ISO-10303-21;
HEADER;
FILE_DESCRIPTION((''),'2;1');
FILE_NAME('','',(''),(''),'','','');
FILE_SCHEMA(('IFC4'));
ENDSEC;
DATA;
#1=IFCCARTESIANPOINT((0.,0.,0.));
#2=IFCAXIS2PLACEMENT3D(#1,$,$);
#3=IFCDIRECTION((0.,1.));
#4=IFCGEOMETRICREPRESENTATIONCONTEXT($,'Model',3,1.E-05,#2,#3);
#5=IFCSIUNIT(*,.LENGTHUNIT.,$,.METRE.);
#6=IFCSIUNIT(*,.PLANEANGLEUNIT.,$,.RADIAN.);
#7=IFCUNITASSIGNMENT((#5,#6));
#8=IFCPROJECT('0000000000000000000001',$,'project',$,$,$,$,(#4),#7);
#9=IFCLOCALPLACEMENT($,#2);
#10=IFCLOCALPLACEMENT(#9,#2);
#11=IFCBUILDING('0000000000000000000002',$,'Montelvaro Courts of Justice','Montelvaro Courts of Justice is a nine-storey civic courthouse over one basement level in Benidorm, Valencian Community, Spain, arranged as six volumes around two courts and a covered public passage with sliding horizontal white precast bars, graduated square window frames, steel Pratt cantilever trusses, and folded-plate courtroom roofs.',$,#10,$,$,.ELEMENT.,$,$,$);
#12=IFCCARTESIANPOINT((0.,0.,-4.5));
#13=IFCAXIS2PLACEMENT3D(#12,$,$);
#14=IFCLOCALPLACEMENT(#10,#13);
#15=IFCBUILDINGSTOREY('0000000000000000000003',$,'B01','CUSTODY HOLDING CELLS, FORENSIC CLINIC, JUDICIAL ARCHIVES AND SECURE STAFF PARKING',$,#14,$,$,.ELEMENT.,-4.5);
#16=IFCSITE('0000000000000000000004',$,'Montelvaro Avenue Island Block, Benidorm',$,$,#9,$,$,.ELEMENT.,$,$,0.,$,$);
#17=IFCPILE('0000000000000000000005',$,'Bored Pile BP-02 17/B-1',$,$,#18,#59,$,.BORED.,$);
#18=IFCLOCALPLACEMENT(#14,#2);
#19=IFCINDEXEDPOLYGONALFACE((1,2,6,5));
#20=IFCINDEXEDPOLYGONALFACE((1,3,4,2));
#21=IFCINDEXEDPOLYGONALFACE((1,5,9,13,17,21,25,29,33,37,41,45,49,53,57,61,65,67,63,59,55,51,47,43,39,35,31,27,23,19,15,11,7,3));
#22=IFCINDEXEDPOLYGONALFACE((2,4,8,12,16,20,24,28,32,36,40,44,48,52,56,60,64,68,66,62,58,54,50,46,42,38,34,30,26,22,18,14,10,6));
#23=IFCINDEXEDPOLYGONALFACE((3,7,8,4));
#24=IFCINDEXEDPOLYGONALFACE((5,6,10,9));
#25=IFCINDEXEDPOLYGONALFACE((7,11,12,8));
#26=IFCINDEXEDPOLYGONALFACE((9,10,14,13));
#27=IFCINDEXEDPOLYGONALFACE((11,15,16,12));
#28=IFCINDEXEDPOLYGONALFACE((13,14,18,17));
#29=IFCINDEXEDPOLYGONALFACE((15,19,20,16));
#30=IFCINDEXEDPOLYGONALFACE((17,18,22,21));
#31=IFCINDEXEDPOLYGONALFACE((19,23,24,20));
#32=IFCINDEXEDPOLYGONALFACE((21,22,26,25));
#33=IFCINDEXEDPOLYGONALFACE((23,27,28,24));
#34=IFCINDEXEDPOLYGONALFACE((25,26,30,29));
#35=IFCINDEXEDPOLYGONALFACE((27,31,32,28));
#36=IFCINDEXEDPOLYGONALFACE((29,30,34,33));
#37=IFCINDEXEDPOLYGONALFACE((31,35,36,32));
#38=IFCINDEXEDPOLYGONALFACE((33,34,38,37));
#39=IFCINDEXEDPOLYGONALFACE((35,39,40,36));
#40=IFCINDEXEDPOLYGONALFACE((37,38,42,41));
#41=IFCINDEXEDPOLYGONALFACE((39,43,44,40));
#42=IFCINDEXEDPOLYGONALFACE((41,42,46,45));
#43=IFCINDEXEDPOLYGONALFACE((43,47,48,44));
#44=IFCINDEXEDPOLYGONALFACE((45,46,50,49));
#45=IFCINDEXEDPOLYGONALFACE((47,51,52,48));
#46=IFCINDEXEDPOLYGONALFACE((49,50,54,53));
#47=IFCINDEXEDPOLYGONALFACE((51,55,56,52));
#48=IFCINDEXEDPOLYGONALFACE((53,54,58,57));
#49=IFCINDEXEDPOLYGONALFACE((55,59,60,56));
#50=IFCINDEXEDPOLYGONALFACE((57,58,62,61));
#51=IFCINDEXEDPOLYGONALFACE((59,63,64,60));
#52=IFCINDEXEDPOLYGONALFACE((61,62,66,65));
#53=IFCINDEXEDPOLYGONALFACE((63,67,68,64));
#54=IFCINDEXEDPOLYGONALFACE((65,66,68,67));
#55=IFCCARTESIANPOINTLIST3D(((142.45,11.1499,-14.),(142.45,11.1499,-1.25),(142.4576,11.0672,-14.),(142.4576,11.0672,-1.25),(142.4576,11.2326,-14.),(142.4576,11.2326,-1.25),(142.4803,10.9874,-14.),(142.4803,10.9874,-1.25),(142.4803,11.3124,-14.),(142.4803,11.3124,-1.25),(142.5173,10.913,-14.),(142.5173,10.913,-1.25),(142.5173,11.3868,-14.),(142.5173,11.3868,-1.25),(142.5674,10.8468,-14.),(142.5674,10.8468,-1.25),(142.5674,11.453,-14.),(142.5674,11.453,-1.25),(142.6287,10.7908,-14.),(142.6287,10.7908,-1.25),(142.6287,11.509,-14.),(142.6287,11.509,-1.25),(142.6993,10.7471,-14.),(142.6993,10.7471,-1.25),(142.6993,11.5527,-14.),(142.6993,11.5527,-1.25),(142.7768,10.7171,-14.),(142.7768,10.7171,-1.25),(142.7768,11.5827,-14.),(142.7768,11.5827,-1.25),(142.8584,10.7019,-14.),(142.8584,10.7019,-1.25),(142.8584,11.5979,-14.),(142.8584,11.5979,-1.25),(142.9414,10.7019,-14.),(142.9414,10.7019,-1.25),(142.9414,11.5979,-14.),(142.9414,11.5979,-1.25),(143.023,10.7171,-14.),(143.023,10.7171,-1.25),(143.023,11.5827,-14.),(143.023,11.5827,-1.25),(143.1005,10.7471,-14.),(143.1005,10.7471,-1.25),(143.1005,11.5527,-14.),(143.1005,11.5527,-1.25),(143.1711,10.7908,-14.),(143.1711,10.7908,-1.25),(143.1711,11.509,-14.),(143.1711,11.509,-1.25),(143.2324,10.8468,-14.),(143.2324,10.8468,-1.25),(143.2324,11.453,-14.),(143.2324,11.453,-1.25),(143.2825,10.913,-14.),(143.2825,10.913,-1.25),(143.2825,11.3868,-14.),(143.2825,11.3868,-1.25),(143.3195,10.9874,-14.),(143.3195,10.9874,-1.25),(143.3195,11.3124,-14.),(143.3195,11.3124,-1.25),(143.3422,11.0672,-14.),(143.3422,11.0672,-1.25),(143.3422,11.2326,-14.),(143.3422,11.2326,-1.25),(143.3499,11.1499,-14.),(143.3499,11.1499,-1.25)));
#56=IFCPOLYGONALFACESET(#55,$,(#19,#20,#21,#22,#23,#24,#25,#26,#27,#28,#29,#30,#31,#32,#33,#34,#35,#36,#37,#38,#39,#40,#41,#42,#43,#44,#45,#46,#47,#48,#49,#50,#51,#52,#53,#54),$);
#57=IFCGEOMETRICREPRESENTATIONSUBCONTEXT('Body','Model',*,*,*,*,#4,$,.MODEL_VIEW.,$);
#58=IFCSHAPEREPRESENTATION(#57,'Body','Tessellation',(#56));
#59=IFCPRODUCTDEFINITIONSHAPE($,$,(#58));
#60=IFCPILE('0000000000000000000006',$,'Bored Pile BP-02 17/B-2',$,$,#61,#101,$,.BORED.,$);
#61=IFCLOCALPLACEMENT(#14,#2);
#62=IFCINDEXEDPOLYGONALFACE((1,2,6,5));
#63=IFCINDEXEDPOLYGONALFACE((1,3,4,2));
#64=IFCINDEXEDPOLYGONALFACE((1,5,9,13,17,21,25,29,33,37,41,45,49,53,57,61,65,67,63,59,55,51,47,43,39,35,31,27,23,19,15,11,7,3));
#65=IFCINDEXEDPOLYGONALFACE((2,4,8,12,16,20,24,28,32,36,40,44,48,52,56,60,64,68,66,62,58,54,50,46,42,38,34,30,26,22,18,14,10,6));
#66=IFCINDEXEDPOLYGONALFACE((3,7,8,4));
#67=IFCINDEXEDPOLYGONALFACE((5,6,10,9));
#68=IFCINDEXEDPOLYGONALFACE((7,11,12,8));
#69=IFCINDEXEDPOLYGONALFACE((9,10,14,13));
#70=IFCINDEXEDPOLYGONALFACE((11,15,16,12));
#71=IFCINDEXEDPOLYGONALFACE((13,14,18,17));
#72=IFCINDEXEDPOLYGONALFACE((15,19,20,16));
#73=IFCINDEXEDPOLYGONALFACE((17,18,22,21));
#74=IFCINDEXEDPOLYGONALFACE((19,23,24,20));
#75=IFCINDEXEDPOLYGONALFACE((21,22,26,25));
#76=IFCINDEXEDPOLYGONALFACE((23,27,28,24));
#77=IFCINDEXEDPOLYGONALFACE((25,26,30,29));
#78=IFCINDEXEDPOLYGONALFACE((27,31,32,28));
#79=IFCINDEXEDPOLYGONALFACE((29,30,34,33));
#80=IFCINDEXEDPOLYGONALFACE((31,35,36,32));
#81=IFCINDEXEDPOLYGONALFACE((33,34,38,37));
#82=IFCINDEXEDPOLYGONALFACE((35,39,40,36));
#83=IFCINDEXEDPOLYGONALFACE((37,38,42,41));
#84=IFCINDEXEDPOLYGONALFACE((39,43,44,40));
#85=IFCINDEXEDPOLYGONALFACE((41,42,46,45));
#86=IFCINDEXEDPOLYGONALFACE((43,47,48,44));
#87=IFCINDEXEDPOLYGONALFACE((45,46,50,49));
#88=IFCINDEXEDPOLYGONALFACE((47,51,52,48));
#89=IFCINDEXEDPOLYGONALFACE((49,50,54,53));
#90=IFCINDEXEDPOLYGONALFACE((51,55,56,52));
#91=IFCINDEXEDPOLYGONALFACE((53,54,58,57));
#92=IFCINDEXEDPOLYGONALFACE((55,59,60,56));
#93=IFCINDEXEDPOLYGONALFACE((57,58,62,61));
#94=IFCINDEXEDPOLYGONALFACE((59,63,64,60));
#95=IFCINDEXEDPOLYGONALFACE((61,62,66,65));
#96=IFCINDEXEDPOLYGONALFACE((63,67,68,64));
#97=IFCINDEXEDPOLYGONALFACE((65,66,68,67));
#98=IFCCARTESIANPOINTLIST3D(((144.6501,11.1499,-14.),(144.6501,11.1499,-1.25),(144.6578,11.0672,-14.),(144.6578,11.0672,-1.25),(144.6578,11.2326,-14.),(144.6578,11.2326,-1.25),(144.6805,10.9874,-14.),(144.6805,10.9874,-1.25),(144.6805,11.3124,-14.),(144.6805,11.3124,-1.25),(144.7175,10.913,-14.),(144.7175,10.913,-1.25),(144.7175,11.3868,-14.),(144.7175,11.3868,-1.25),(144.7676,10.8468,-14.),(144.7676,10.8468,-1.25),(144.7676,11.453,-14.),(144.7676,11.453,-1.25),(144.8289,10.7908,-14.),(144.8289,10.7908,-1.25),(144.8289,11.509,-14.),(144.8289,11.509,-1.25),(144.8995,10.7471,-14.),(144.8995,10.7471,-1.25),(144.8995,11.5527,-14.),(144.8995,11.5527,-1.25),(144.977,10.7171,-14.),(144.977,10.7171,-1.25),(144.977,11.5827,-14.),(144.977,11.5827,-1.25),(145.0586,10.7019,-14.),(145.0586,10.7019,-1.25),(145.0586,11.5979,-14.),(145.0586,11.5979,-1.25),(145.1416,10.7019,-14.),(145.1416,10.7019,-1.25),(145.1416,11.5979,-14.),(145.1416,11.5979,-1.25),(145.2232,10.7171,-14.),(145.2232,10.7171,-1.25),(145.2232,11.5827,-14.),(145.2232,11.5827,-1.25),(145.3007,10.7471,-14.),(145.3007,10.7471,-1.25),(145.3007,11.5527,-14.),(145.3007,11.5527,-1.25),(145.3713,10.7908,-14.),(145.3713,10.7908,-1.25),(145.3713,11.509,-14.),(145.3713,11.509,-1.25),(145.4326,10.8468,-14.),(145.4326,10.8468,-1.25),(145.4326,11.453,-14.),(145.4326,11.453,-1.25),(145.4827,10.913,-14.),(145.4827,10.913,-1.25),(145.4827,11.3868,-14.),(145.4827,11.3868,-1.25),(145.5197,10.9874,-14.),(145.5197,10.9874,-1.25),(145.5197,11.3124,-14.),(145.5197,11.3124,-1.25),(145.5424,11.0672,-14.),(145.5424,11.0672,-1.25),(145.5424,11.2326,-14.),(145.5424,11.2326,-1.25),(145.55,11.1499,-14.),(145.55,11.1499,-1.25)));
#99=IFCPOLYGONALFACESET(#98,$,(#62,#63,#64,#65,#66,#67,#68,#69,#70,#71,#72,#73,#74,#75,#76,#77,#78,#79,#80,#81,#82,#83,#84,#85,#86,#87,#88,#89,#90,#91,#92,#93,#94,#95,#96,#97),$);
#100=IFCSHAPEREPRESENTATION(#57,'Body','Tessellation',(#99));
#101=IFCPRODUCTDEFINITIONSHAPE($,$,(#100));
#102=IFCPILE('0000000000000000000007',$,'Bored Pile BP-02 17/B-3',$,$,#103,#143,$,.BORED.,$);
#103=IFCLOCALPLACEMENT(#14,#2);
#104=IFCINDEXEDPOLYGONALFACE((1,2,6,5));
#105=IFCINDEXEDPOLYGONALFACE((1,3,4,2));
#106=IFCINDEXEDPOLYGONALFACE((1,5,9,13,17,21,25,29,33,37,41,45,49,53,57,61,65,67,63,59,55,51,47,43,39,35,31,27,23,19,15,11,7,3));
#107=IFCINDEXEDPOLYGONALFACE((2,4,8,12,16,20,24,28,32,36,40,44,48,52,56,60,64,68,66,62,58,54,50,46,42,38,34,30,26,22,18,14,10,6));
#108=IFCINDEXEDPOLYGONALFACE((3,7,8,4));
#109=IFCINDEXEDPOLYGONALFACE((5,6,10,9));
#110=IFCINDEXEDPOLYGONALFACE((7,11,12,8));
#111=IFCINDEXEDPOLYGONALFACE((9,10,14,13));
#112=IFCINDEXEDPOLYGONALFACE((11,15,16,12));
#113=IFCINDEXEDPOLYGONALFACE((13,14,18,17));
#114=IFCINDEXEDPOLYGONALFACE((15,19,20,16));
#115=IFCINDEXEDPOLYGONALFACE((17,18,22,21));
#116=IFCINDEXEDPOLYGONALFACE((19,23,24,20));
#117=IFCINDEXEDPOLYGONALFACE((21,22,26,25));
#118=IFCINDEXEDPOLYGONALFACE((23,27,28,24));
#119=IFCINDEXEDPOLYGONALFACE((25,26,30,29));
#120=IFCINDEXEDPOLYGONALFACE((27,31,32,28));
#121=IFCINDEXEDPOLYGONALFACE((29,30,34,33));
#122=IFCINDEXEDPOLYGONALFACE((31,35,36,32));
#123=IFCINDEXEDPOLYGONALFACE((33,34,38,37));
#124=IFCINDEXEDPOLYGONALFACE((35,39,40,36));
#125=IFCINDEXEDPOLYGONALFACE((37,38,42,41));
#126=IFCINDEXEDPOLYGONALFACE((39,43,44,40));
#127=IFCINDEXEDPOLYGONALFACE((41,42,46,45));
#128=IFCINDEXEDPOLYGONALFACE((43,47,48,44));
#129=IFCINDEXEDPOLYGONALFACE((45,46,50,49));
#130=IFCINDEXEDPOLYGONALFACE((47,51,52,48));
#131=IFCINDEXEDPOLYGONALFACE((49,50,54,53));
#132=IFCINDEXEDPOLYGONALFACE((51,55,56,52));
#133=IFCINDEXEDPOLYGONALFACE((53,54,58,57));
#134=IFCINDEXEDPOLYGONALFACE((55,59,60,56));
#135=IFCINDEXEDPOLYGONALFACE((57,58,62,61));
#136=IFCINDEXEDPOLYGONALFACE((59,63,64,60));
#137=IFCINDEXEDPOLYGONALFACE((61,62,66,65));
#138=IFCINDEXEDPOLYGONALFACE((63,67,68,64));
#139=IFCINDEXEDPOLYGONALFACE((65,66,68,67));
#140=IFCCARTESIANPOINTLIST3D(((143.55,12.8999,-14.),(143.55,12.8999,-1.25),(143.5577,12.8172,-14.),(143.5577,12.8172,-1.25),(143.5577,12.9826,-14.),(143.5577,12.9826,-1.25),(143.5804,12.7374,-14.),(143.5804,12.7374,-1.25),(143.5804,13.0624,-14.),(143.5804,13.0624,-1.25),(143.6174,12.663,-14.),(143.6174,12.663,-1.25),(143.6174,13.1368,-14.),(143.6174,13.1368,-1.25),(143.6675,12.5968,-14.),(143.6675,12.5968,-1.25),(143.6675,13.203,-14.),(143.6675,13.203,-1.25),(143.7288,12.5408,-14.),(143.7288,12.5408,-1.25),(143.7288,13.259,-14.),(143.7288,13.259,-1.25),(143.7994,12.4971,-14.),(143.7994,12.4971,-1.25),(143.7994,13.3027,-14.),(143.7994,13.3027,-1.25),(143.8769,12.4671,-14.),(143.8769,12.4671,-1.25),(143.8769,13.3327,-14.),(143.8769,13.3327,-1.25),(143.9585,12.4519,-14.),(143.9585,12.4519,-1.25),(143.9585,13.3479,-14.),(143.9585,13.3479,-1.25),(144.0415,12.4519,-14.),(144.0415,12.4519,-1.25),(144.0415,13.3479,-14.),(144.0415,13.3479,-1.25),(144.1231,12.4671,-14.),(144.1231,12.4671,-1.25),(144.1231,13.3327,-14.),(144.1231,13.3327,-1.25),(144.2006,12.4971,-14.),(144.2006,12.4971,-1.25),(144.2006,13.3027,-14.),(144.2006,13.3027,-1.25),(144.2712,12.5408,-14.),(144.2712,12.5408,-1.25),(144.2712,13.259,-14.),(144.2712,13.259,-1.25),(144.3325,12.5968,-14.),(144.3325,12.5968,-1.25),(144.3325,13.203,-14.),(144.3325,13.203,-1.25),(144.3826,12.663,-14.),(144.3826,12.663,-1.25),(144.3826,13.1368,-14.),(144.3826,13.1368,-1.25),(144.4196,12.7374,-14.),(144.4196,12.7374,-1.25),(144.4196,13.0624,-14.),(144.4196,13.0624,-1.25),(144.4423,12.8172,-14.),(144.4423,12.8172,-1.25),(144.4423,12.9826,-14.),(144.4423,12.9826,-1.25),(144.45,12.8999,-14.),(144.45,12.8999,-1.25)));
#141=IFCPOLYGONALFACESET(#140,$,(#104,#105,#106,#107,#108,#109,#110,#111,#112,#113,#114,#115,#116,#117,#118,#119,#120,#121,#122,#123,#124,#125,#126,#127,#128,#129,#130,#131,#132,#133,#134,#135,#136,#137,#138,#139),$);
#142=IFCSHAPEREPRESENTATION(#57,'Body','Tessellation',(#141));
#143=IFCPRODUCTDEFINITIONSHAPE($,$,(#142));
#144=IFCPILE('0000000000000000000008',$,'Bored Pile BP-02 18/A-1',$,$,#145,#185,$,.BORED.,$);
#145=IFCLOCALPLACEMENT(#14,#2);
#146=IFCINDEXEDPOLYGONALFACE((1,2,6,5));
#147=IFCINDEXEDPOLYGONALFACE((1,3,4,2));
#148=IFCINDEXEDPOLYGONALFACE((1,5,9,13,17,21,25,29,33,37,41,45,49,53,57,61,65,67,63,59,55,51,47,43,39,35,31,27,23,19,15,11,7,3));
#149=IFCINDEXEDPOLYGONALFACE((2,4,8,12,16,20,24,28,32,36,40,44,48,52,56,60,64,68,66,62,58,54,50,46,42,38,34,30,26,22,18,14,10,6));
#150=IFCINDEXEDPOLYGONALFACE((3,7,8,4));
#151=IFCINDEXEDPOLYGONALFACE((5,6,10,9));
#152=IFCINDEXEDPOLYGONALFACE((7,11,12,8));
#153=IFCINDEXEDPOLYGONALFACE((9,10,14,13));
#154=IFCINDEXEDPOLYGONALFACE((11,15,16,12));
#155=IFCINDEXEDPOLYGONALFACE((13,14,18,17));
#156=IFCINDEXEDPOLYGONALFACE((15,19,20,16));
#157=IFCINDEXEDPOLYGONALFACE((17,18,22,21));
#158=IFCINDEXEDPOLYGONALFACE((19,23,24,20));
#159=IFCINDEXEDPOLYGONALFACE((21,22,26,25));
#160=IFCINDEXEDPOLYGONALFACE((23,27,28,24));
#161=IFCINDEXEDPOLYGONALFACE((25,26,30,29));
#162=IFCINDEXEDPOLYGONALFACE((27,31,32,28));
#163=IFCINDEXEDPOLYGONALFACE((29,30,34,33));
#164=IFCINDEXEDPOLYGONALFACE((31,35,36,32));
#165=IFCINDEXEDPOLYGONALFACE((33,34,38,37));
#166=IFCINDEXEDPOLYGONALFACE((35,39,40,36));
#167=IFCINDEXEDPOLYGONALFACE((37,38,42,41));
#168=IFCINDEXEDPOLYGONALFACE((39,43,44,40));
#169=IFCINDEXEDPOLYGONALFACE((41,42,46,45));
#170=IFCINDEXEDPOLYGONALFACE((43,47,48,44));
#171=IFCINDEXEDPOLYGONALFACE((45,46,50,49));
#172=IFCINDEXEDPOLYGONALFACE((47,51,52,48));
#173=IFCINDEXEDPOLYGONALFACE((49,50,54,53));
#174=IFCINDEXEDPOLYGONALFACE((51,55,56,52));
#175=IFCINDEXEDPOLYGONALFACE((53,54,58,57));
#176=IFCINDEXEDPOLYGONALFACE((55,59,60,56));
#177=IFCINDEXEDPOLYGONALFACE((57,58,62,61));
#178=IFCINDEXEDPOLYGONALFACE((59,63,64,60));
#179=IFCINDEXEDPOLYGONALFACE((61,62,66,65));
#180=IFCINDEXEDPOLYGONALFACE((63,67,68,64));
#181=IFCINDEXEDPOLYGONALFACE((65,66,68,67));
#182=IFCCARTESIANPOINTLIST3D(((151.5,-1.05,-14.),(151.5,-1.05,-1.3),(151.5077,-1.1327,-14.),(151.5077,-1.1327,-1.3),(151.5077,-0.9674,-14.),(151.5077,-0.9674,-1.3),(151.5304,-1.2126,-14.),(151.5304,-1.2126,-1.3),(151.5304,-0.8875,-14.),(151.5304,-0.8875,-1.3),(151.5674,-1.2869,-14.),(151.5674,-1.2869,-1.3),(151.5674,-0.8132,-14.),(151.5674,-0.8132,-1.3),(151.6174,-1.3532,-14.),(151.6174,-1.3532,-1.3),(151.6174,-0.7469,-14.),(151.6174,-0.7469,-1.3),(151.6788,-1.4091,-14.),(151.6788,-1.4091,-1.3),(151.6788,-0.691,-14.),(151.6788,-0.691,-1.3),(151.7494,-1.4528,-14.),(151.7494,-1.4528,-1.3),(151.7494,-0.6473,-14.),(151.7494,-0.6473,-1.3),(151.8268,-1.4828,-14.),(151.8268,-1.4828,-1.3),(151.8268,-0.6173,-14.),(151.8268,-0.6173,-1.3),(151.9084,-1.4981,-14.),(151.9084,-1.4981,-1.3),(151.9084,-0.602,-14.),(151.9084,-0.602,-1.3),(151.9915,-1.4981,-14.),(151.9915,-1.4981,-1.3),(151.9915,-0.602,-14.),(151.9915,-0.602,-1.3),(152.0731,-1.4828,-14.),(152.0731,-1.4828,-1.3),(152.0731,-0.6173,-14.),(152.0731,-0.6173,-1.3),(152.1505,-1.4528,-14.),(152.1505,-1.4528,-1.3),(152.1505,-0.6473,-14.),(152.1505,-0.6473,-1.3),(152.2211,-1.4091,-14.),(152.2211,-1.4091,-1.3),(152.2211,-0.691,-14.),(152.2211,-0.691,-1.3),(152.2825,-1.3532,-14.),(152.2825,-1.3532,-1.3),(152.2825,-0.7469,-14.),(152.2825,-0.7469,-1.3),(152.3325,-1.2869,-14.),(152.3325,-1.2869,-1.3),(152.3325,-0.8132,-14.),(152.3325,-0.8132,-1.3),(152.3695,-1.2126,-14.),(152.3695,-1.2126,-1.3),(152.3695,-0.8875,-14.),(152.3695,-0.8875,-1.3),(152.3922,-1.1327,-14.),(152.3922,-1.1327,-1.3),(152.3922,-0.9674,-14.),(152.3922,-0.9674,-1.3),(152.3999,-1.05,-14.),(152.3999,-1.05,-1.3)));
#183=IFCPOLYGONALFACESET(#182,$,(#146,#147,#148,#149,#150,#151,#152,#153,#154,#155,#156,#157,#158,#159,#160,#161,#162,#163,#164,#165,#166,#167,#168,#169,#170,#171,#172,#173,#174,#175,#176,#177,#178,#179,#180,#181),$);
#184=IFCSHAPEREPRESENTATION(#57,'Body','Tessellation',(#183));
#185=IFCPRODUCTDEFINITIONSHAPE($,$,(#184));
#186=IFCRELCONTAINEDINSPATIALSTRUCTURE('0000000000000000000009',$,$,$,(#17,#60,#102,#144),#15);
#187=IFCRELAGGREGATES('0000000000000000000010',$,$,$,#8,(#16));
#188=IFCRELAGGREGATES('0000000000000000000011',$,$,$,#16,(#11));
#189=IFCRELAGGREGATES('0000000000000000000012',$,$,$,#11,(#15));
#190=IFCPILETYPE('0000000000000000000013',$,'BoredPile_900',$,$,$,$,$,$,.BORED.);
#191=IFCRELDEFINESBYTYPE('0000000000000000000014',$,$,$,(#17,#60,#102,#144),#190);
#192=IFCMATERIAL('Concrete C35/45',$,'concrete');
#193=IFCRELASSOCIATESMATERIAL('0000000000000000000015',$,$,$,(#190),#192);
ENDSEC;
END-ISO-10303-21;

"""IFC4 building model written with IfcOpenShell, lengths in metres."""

from ifc_helpers import new_model, si_unit, direction, frame, origin, origin_2d, place, context, subcontext, project, spatial, circle, extrude, material, material_profile, profile_set, type_object, element, save


model = new_model("IFC4")

# Units and contexts
model_context = context("Model", 3, precision=1e-05, world=origin(), true_north=direction((0.0, 1.0)))
body_context = subcontext(model_context, "Body", "Model", "MODEL_VIEW")
ifc_project = project(units=[si_unit("LENGTHUNIT", "METRE"), si_unit("PLANEANGLEUNIT", "RADIAN")], contexts=[model_context])

# Site, building, storey
site_placement = place(None, origin())
site = spatial("IfcSite", under=ifc_project, at=site_placement, Name="Montelvaro Avenue Island Block, Benidorm", CompositionType="ELEMENT", RefElevation=0.0)
building_placement = place(site_placement, origin())
building = spatial("IfcBuilding", under=site, at=building_placement, Name="Montelvaro Courts of Justice", Description="Montelvaro Courts of Justice is a nine-storey civic courthouse over one basement level in Benidorm, Valencian Community, Spain, arranged as six volumes around two courts and a covered public passage with sliding horizontal white precast bars, graduated square window frames, steel Pratt cantilever trusses, and folded-plate courtroom roofs.", CompositionType="ELEMENT")
storey_placement = place(building_placement, frame((0.0, 0.0, -4.5)))
storey = spatial("IfcBuildingStorey", under=building, at=storey_placement, Name="B01", Description="CUSTODY HOLDING CELLS, FORENSIC CLINIC, JUDICIAL ARCHIVES AND SECURE STAFF PARKING", CompositionType="ELEMENT", Elevation=-4.5)

# Piles
ifc_material_1 = material(Name="Concrete C35/45", Category="concrete")
ifc_material_profile_1 = material_profile(ifc_material_1, circle(Radius=0.45, at=origin_2d()), Name="BORED PILE D900")
ifc_profile_set_1 = profile_set([ifc_material_profile_1], Name="Concrete C35/45")
pile_type_1 = type_object("IfcPileType", Name="BoredPile_900", PredefinedType="BORED", material=ifc_profile_set_1)
for number, where, z_axis, x_axis, name in (
    (1, (142.8999, 11.1499, -1.25), (0.0, 0.0, -1.0), (1.0, 0.0, 0.0), "Bored Pile BP-02 17/B-1"),
    (2, (145.1001, 11.1499, -1.25), (0.0, 0.0, -1.0), (1.0, 0.0, 0.0), "Bored Pile BP-02 17/B-2"),
    (3, (144.0, 12.8999, -1.25), (0.0, 0.0, -1.0), (1.0, 0.0, 0.0), "Bored Pile BP-02 17/B-3"),
):
    element("IfcPile", number, at=place(storey_placement, frame(where, z_axis=z_axis, x_axis=x_axis)), inside=storey, type_object=pile_type_1, Name=name, PredefinedType="BORED", context=body_context, shape_type="SweptSolid", body=[
        extrude(circle(Radius=0.45, at=origin_2d()), origin(), (0.0, 0.0, 1.0), 12.75),
    ])
for number, where, z_axis, x_axis, name in (
    (4, (151.95, -1.05, -1.3), (0.0, 0.0, -1.0), (1.0, 0.0, 0.0), "Bored Pile BP-02 18/A-1"),
):
    element("IfcPile", number, at=place(storey_placement, frame(where, z_axis=z_axis, x_axis=x_axis)), inside=storey, type_object=pile_type_1, Name=name, PredefinedType="BORED", context=body_context, shape_type="SweptSolid", body=[
        extrude(circle(Radius=0.45, at=origin_2d()), origin(), (0.0, 0.0, 1.0), 12.7),
    ])

save(model, "model.ifc")
